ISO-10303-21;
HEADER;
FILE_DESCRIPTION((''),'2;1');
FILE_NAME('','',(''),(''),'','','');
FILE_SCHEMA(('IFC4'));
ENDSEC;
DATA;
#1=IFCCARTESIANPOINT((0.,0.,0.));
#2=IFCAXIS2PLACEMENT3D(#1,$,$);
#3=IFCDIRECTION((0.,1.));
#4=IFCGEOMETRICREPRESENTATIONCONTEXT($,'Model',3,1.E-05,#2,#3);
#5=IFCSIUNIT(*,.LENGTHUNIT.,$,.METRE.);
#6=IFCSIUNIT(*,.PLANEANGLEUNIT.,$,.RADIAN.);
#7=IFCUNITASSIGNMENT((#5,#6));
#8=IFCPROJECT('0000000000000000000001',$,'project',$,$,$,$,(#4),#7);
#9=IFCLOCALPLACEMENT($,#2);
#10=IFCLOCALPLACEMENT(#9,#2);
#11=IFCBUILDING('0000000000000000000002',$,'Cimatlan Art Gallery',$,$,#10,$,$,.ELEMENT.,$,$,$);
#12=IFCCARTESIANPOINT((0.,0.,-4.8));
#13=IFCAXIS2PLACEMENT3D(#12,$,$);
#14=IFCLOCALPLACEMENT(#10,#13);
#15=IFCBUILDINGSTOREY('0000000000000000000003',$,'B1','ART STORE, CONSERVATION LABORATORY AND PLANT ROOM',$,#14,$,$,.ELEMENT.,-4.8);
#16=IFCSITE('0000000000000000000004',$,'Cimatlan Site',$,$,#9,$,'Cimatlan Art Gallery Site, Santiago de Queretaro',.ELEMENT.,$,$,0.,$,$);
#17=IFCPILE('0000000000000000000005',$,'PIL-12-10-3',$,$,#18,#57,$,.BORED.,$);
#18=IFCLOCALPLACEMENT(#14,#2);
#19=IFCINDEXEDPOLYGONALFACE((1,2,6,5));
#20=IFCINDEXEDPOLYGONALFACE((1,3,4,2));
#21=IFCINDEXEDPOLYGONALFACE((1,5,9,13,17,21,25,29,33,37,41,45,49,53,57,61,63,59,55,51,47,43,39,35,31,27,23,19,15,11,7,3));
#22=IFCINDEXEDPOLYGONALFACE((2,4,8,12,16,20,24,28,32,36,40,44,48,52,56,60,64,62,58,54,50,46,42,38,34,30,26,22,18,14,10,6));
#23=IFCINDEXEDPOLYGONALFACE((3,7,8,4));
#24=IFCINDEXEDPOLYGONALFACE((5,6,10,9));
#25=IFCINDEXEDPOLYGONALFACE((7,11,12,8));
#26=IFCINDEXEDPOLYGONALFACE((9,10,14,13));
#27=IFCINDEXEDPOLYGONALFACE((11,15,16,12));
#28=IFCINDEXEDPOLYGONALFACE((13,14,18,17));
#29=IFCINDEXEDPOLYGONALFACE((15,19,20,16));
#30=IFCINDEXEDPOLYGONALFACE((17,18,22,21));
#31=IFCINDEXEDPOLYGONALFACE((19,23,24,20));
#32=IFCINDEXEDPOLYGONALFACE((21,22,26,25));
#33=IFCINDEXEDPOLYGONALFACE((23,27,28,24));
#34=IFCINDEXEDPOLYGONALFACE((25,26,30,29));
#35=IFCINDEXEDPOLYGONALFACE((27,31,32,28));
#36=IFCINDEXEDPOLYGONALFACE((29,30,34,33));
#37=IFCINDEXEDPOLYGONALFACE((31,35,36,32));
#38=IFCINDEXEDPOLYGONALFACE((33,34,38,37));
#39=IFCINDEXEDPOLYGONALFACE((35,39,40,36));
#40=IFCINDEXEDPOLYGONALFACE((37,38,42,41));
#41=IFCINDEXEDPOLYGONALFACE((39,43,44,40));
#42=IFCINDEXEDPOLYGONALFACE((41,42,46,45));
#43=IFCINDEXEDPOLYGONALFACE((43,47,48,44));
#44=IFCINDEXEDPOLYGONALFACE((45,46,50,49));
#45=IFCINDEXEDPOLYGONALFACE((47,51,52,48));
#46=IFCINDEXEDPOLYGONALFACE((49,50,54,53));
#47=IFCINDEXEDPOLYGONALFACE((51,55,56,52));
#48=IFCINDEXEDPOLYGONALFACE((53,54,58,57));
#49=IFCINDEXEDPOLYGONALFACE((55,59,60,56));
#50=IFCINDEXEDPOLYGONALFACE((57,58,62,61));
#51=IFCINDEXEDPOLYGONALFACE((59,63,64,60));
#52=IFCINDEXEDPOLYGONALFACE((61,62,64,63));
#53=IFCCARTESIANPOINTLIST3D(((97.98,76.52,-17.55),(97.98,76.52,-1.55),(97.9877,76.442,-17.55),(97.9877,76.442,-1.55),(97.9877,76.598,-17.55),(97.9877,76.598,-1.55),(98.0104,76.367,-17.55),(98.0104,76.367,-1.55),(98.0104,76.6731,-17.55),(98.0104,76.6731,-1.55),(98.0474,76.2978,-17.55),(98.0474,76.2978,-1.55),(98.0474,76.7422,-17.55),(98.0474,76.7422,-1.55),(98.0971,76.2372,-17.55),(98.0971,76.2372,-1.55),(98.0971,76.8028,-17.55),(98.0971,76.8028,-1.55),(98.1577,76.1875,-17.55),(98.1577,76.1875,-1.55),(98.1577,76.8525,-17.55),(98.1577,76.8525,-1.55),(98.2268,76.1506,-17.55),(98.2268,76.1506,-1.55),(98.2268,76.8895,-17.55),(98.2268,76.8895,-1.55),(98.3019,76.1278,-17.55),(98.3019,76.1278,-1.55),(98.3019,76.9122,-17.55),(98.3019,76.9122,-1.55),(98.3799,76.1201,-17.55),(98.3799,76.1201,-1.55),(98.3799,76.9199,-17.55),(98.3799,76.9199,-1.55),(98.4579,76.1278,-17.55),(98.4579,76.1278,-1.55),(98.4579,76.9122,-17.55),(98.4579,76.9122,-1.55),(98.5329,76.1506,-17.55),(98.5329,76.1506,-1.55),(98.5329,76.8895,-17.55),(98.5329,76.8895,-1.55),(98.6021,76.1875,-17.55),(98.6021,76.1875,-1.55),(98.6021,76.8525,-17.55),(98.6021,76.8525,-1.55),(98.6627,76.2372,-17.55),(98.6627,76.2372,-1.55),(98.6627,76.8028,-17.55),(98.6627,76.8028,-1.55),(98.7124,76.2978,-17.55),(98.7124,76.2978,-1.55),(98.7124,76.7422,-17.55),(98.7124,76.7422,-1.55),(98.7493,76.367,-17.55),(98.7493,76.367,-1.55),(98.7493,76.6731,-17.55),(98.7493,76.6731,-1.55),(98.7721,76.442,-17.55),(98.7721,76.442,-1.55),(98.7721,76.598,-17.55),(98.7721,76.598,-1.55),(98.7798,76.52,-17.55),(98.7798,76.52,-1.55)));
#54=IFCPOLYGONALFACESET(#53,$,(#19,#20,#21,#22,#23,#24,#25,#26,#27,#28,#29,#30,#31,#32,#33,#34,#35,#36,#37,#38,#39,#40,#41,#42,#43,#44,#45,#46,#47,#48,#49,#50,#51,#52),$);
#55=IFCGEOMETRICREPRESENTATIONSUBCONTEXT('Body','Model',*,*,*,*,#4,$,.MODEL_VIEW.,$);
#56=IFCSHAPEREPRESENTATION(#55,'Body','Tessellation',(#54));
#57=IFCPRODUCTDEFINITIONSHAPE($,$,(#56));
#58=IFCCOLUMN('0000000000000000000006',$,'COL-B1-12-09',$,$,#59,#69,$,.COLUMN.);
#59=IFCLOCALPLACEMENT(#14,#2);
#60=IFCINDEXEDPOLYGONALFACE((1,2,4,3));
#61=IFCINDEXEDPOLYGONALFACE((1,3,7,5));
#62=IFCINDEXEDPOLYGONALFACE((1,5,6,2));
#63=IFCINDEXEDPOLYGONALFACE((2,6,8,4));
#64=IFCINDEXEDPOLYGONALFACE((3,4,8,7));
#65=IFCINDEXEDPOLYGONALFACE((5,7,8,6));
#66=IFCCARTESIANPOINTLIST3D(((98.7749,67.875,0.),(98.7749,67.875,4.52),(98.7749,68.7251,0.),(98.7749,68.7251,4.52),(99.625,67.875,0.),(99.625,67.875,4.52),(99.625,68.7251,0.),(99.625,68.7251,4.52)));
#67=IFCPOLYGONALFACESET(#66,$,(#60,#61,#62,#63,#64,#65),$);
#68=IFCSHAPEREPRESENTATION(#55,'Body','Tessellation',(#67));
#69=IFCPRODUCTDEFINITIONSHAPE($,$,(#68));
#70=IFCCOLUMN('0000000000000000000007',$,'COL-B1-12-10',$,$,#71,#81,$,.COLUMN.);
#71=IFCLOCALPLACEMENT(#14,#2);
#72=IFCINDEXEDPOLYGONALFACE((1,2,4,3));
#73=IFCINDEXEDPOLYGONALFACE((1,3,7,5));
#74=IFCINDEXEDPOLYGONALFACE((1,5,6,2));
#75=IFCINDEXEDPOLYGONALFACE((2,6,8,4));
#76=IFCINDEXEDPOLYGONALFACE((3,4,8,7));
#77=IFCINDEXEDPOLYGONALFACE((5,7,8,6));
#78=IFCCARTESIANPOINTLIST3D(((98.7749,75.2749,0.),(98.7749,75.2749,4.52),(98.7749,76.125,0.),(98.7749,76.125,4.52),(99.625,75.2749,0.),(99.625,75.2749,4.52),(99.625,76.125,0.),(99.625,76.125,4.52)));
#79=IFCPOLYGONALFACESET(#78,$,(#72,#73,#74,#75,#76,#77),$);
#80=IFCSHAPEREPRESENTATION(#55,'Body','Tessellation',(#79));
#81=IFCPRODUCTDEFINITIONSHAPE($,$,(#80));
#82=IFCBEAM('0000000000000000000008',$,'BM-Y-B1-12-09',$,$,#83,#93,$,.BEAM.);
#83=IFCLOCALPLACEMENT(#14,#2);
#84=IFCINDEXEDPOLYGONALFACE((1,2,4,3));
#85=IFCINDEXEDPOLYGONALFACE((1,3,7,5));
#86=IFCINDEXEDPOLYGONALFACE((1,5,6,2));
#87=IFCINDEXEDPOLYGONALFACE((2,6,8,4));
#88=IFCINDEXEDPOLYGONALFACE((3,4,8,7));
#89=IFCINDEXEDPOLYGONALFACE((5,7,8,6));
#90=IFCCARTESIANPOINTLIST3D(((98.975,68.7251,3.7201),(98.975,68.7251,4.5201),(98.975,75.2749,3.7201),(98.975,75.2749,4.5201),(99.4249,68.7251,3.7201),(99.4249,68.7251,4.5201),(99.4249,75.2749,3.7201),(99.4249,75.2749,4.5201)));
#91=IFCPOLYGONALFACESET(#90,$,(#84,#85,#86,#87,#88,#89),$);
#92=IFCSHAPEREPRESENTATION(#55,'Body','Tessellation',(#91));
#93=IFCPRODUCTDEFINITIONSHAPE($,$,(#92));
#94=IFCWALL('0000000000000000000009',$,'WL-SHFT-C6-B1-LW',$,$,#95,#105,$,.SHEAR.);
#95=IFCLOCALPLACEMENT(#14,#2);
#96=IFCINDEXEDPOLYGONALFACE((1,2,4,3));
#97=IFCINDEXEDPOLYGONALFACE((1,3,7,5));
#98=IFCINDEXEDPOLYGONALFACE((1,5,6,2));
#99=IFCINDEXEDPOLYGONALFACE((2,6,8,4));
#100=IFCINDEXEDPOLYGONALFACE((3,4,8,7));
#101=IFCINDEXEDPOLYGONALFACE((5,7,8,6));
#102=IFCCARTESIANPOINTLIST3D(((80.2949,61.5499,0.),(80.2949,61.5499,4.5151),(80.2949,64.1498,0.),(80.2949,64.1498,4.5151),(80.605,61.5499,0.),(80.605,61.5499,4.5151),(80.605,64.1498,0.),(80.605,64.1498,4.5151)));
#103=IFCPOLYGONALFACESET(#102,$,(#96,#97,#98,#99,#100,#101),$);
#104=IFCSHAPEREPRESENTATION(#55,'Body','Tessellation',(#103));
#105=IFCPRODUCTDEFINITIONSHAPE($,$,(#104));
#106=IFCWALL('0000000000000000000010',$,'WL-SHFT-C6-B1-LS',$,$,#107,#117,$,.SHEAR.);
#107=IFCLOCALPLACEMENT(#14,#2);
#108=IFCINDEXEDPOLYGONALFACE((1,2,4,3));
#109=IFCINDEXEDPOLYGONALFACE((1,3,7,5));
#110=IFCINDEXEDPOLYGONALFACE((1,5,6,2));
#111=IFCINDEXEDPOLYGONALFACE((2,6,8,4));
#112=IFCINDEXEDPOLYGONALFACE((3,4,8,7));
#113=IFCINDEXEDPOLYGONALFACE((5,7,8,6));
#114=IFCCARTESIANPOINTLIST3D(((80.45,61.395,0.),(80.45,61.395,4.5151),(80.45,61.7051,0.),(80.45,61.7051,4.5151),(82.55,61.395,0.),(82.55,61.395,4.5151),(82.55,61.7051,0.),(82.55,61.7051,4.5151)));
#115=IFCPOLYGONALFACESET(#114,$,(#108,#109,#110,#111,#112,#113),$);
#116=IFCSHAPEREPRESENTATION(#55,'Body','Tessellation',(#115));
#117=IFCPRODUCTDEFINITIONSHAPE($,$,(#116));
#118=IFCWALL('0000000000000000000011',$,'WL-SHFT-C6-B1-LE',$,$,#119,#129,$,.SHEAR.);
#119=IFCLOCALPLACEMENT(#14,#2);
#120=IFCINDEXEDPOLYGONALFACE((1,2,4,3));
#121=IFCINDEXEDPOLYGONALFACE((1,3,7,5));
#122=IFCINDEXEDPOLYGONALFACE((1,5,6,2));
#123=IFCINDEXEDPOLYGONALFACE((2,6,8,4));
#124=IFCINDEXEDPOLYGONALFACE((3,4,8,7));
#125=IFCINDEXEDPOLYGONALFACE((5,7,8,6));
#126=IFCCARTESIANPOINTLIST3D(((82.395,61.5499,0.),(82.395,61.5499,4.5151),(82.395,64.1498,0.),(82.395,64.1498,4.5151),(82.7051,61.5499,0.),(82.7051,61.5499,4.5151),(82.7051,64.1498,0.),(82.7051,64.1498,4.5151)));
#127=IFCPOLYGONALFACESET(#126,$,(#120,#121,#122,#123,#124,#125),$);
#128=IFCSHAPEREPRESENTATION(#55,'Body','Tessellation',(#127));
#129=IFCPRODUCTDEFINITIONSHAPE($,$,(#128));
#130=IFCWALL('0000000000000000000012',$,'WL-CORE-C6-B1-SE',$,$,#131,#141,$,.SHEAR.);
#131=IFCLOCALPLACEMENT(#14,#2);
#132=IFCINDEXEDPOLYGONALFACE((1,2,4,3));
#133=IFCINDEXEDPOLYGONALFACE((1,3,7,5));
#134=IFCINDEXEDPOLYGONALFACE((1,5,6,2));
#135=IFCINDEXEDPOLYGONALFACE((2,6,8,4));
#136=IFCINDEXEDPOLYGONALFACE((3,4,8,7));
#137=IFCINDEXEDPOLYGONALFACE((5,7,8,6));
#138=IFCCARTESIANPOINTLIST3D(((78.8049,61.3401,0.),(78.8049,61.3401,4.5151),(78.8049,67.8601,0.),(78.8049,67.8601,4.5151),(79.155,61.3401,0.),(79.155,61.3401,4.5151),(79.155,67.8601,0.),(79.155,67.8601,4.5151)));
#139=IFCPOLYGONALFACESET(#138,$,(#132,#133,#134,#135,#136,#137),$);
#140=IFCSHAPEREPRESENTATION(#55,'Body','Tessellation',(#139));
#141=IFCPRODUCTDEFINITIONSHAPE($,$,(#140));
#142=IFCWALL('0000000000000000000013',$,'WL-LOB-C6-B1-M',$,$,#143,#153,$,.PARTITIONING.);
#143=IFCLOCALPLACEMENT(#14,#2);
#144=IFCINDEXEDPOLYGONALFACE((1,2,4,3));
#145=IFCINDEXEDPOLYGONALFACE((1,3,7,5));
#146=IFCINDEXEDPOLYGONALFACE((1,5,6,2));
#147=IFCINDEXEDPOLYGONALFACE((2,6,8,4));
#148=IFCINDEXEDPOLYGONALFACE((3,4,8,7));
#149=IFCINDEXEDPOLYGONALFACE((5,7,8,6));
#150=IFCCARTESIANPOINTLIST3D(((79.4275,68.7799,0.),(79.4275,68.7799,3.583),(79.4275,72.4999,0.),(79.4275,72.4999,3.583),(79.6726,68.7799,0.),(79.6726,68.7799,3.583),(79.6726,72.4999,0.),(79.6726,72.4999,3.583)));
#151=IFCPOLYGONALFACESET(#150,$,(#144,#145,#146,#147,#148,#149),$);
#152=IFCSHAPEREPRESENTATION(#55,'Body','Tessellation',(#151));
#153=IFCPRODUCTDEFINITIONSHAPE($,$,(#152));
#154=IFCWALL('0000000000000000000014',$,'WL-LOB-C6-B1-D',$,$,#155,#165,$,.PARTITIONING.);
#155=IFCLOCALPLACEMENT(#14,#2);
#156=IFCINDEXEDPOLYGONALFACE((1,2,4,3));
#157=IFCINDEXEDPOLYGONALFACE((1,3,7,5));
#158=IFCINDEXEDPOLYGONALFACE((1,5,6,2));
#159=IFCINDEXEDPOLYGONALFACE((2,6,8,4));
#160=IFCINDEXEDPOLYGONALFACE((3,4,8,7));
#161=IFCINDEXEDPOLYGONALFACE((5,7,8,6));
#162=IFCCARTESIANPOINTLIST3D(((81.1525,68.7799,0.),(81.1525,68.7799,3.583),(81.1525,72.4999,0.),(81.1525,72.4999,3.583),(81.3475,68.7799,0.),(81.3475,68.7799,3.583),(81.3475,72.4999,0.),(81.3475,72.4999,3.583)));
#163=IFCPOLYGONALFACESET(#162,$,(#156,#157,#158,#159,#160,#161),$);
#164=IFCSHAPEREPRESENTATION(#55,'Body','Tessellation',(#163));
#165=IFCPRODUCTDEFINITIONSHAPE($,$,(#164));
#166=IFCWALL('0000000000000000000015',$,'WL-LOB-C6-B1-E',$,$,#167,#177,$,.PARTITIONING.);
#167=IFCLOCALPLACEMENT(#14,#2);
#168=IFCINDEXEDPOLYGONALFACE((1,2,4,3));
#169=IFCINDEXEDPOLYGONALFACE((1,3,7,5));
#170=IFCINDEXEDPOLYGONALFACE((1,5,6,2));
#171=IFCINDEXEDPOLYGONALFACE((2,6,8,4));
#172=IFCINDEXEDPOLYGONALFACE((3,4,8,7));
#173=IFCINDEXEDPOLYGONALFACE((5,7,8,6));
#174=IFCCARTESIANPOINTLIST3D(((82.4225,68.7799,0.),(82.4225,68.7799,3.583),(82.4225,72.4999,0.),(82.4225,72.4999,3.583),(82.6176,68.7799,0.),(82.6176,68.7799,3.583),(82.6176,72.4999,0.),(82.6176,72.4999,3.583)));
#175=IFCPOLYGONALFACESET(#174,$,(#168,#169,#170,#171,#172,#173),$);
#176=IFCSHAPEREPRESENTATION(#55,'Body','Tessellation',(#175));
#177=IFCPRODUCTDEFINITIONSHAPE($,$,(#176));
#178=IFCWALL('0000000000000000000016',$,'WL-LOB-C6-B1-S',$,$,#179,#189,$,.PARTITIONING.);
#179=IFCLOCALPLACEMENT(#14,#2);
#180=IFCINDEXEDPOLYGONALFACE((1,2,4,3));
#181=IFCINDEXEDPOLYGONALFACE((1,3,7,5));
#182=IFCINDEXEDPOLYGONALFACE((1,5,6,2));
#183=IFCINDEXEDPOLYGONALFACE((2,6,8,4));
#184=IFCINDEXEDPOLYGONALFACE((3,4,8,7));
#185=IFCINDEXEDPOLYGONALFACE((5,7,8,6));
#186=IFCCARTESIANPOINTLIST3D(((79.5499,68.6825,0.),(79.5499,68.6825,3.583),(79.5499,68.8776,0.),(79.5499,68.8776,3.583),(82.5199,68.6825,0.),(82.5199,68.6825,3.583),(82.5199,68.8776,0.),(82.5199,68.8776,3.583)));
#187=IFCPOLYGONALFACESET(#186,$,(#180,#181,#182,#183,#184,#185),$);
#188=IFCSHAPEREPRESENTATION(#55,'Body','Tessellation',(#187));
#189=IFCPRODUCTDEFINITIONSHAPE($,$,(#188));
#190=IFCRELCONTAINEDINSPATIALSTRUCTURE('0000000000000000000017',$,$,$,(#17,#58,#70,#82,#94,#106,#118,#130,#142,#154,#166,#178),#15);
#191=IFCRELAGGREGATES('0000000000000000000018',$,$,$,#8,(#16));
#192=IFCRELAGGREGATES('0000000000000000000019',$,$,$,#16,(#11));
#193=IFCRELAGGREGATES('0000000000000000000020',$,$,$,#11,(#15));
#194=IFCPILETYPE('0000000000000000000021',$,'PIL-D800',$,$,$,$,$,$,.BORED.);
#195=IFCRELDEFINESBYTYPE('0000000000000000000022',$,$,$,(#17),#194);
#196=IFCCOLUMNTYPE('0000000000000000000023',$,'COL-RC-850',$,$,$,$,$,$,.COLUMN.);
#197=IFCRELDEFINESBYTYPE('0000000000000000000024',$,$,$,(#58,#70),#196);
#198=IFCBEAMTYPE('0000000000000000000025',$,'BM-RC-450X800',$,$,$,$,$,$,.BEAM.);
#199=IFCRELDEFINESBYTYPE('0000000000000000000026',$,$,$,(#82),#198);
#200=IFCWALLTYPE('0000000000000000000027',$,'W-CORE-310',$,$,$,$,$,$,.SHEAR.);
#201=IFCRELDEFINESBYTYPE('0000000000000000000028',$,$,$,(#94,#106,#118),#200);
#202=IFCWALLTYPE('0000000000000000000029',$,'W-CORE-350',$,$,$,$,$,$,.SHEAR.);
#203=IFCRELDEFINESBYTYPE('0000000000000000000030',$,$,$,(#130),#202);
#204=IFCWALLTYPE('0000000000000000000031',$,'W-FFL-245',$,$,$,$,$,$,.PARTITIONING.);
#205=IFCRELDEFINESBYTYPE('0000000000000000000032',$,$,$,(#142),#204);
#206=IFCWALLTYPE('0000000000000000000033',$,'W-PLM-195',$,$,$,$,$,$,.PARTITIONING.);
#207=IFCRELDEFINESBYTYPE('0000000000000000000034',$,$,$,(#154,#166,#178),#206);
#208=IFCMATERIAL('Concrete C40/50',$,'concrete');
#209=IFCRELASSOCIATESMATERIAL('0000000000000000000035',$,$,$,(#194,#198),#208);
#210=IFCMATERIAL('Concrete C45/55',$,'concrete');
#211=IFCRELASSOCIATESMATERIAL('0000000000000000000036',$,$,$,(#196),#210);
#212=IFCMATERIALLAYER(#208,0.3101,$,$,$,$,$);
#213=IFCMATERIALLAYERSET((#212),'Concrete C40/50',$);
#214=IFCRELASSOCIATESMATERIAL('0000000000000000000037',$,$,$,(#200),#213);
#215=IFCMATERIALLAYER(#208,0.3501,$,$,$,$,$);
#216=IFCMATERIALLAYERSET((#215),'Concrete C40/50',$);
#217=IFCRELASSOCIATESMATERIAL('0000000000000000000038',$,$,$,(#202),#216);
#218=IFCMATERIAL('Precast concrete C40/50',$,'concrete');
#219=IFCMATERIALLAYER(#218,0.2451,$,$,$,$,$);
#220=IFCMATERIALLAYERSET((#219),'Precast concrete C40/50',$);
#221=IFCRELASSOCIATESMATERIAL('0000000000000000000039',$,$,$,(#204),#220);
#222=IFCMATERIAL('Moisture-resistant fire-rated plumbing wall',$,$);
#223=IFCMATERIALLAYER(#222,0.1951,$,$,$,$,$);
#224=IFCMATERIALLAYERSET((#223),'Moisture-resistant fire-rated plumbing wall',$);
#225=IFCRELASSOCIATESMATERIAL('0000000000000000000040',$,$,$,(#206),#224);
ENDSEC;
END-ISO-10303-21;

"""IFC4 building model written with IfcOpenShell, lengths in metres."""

from ifc_helpers import new_model, si_unit, direction, frame, frame_2d, origin, origin_2d, place, context, subcontext, project, spatial, rectangle, circle, extrude, material, layer, layer_set, material_profile, profile_set, type_object, element, save


model = new_model("IFC4")

# Units and contexts
model_context = context("Model", 3, precision=1e-05, world=origin(), true_north=direction((0.0, 1.0)))
body_context = subcontext(model_context, "Body", "Model", "MODEL_VIEW")
ifc_project = project(units=[si_unit("LENGTHUNIT", "METRE"), si_unit("PLANEANGLEUNIT", "RADIAN")], contexts=[model_context])

# Site, building, storey
site_placement = place(None, origin())
site = spatial("IfcSite", under=ifc_project, at=site_placement, Name="Cimatlan Site", LongName="Cimatlan Art Gallery Site, Santiago de Queretaro", CompositionType="ELEMENT", RefElevation=0.0)
building_placement = place(site_placement, origin())
building = spatial("IfcBuilding", under=site, at=building_placement, Name="Cimatlan Art Gallery", CompositionType="ELEMENT")
storey_placement = place(building_placement, frame((0.0, 0.0, -4.8)))
storey = spatial("IfcBuildingStorey", under=building, at=storey_placement, Name="B1", Description="ART STORE, CONSERVATION LABORATORY AND PLANT ROOM", CompositionType="ELEMENT", Elevation=-4.8)

# Shared definitions
ifc_material_1 = material(Name="Concrete C40/50", Category="concrete")

# Pile
pile_type = type_object("IfcPileType", Name="PIL-D800", PredefinedType="BORED", material=ifc_material_1)
for number, where, z_axis, x_axis, name in (
    (1, (98.3799, 76.52, -1.55), (0.0, 0.0, -1.0), (1.0, 0.0, 0.0), "PIL-12-10-3"),
):
    element("IfcPile", number, at=place(storey_placement, frame(where, z_axis=z_axis, x_axis=x_axis)), inside=storey, type_object=pile_type, Name=name, PredefinedType="BORED", context=body_context, shape_type="SweptSolid", body=[
        extrude(circle(Radius=0.3999, at=origin_2d()), origin(), (0.0, 0.0, 1.0), 16.0),
    ])

# Columns
ifc_material_2 = material(Name="Concrete C45/55", Category="concrete")
ifc_material_profile_1 = material_profile(ifc_material_2, rectangle(XDim=0.8501, YDim=0.8501, at=origin_2d()), Name="RC850X850")
ifc_profile_set_1 = profile_set([ifc_material_profile_1], Name="Concrete C45/55")
column_type = type_object("IfcColumnType", Name="COL-RC-850", PredefinedType="COLUMN", material=ifc_profile_set_1)
for number, where, z_axis, x_axis, name in (
    (2, (99.2, 68.3, 0.0), (0.0, 0.0, 1.0), (1.0, 0.0, 0.0), "COL-B1-12-09"),
    (3, (99.2, 75.7, 0.0), (0.0, 0.0, 1.0), (1.0, 0.0, 0.0), "COL-B1-12-10"),
):
    element("IfcColumn", number, at=place(storey_placement, frame(where, z_axis=z_axis, x_axis=x_axis)), inside=storey, type_object=column_type, Name=name, PredefinedType="COLUMN", context=body_context, shape_type="SweptSolid", body=[
        extrude(rectangle(XDim=0.8501, YDim=0.8501, at=origin_2d()), origin(), (0.0, 0.0, 1.0), 4.52),
    ])

# Beam
ifc_material_profile_2 = material_profile(ifc_material_1, rectangle(XDim=0.45, YDim=0.8, at=origin_2d()), Name="RC450X800")
ifc_profile_set_2 = profile_set([ifc_material_profile_2], Name="Concrete C40/50")
beam_type = type_object("IfcBeamType", Name="BM-RC-450X800", PredefinedType="BEAM", material=ifc_profile_set_2)
beam_placement = place(storey_placement, frame((99.2, 68.7251, 4.1201), z_axis=(0.0, 1.0, 0.0), x_axis=(-1.0, 0.0, 0.0)))
element("IfcBeam", 4, at=beam_placement, inside=storey, type_object=beam_type, Name="BM-Y-B1-12-09", PredefinedType="BEAM", context=body_context, shape_type="SweptSolid", body=[
    extrude(rectangle(XDim=0.45, YDim=0.8, at=origin_2d()), origin(), (0.0, 0.0, 1.0), 6.5498),
])

# Walls
ifc_layer_1 = layer(ifc_material_1, 0.3101)
ifc_layer_set_1 = layer_set([ifc_layer_1], Name="Concrete C40/50")
wall_type_1 = type_object("IfcWallType", Name="W-CORE-310", PredefinedType="SHEAR", material=ifc_layer_set_1)
wall_1_placement = place(storey_placement, frame((80.45, 61.55, 0.0), z_axis=(0.0, 0.0, 1.0), x_axis=(0.0, 1.0, 0.0)))
element("IfcWall", 5, at=wall_1_placement, inside=storey, type_object=wall_type_1, Name="WL-SHFT-C6-B1-LW", PredefinedType="SHEAR", context=body_context, shape_type="SweptSolid", body=[
    extrude(rectangle(XDim=2.5999, YDim=0.3101, at=frame_2d((1.2998, 0.0))), origin(), (0.0, 0.0, 1.0), 4.5151),
])
wall_2_placement = place(storey_placement, frame((80.45, 61.55, 0.0), z_axis=(0.0, 0.0, 1.0), x_axis=(1.0, 0.0, 0.0)))
element("IfcWall", 6, at=wall_2_placement, inside=storey, type_object=wall_type_1, Name="WL-SHFT-C6-B1-LS", PredefinedType="SHEAR", context=body_context, shape_type="SweptSolid", body=[
    extrude(rectangle(XDim=2.1001, YDim=0.3101, at=frame_2d((1.05, 0.0))), origin(), (0.0, 0.0, 1.0), 4.5151),
])
wall_3_placement = place(storey_placement, frame((82.55, 61.55, 0.0), z_axis=(0.0, 0.0, 1.0), x_axis=(0.0, 1.0, 0.0)))
element("IfcWall", 7, at=wall_3_placement, inside=storey, type_object=wall_type_1, Name="WL-SHFT-C6-B1-LE", PredefinedType="SHEAR", context=body_context, shape_type="SweptSolid", body=[
    extrude(rectangle(XDim=2.5999, YDim=0.3101, at=frame_2d((1.2998, 0.0))), origin(), (0.0, 0.0, 1.0), 4.5151),
])

# Walls
ifc_layer_2 = layer(ifc_material_1, 0.3501)
ifc_layer_set_2 = layer_set([ifc_layer_2], Name="Concrete C40/50")
wall_type_2 = type_object("IfcWallType", Name="W-CORE-350", PredefinedType="SHEAR", material=ifc_layer_set_2)
wall_4_placement = place(storey_placement, frame((78.98, 61.3401, 0.0), z_axis=(0.0, 0.0, 1.0), x_axis=(0.0, 1.0, 0.0)))
element("IfcWall", 8, at=wall_4_placement, inside=storey, type_object=wall_type_2, Name="WL-CORE-C6-B1-SE", PredefinedType="SHEAR", context=body_context, shape_type="SweptSolid", body=[
    extrude(rectangle(XDim=6.52, YDim=0.3501, at=frame_2d((3.26, 0.0))), origin(), (0.0, 0.0, 1.0), 4.5151),
])
ifc_material_3 = material(Name="Precast concrete C40/50", Category="concrete")
ifc_layer_3 = layer(ifc_material_3, 0.2451)
ifc_layer_set_3 = layer_set([ifc_layer_3], Name="Precast concrete C40/50")
wall_type_3 = type_object("IfcWallType", Name="W-FFL-245", PredefinedType="PARTITIONING", material=ifc_layer_set_3)
wall_5_placement = place(storey_placement, frame((79.55, 68.78, 0.0), z_axis=(0.0, 0.0, 1.0), x_axis=(0.0, 1.0, 0.0)))
element("IfcWall", 9, at=wall_5_placement, inside=storey, type_object=wall_type_3, Name="WL-LOB-C6-B1-M", PredefinedType="PARTITIONING", context=body_context, shape_type="SweptSolid", body=[
    extrude(rectangle(XDim=3.72, YDim=0.2451, at=frame_2d((1.8599, 0.0))), origin(), (0.0, 0.0, 1.0), 3.583),
])
ifc_material_4 = material(Name="Moisture-resistant fire-rated plumbing wall")
ifc_layer_4 = layer(ifc_material_4, 0.1951)
ifc_layer_set_4 = layer_set([ifc_layer_4], Name="Moisture-resistant fire-rated plumbing wall")
wall_type_4 = type_object("IfcWallType", Name="W-PLM-195", PredefinedType="PARTITIONING", material=ifc_layer_set_4)
for number, where, z_axis, x_axis, name in (
    (10, (81.25, 68.78, 0.0), (0.0, 0.0, 1.0), (0.0, 1.0, 0.0), "WL-LOB-C6-B1-D"),
    (11, (82.52, 68.78, 0.0), (0.0, 0.0, 1.0), (0.0, 1.0, 0.0), "WL-LOB-C6-B1-E"),
):
    element("IfcWall", number, at=place(storey_placement, frame(where, z_axis=z_axis, x_axis=x_axis)), inside=storey, type_object=wall_type_4, Name=name, PredefinedType="PARTITIONING", context=body_context, shape_type="SweptSolid", body=[
        extrude(rectangle(XDim=3.72, YDim=0.1951, at=frame_2d((1.8599, 0.0))), origin(), (0.0, 0.0, 1.0), 3.583),
    ])
wall_6_placement = place(storey_placement, frame((79.55, 68.78, 0.0), z_axis=(0.0, 0.0, 1.0), x_axis=(1.0, 0.0, 0.0)))
element("IfcWall", 12, at=wall_6_placement, inside=storey, type_object=wall_type_4, Name="WL-LOB-C6-B1-S", PredefinedType="PARTITIONING", context=body_context, shape_type="SweptSolid", body=[
    extrude(rectangle(XDim=2.97, YDim=0.1951, at=frame_2d((1.4849, 0.0))), origin(), (0.0, 0.0, 1.0), 3.583),
])

save(model, "model.ifc")
